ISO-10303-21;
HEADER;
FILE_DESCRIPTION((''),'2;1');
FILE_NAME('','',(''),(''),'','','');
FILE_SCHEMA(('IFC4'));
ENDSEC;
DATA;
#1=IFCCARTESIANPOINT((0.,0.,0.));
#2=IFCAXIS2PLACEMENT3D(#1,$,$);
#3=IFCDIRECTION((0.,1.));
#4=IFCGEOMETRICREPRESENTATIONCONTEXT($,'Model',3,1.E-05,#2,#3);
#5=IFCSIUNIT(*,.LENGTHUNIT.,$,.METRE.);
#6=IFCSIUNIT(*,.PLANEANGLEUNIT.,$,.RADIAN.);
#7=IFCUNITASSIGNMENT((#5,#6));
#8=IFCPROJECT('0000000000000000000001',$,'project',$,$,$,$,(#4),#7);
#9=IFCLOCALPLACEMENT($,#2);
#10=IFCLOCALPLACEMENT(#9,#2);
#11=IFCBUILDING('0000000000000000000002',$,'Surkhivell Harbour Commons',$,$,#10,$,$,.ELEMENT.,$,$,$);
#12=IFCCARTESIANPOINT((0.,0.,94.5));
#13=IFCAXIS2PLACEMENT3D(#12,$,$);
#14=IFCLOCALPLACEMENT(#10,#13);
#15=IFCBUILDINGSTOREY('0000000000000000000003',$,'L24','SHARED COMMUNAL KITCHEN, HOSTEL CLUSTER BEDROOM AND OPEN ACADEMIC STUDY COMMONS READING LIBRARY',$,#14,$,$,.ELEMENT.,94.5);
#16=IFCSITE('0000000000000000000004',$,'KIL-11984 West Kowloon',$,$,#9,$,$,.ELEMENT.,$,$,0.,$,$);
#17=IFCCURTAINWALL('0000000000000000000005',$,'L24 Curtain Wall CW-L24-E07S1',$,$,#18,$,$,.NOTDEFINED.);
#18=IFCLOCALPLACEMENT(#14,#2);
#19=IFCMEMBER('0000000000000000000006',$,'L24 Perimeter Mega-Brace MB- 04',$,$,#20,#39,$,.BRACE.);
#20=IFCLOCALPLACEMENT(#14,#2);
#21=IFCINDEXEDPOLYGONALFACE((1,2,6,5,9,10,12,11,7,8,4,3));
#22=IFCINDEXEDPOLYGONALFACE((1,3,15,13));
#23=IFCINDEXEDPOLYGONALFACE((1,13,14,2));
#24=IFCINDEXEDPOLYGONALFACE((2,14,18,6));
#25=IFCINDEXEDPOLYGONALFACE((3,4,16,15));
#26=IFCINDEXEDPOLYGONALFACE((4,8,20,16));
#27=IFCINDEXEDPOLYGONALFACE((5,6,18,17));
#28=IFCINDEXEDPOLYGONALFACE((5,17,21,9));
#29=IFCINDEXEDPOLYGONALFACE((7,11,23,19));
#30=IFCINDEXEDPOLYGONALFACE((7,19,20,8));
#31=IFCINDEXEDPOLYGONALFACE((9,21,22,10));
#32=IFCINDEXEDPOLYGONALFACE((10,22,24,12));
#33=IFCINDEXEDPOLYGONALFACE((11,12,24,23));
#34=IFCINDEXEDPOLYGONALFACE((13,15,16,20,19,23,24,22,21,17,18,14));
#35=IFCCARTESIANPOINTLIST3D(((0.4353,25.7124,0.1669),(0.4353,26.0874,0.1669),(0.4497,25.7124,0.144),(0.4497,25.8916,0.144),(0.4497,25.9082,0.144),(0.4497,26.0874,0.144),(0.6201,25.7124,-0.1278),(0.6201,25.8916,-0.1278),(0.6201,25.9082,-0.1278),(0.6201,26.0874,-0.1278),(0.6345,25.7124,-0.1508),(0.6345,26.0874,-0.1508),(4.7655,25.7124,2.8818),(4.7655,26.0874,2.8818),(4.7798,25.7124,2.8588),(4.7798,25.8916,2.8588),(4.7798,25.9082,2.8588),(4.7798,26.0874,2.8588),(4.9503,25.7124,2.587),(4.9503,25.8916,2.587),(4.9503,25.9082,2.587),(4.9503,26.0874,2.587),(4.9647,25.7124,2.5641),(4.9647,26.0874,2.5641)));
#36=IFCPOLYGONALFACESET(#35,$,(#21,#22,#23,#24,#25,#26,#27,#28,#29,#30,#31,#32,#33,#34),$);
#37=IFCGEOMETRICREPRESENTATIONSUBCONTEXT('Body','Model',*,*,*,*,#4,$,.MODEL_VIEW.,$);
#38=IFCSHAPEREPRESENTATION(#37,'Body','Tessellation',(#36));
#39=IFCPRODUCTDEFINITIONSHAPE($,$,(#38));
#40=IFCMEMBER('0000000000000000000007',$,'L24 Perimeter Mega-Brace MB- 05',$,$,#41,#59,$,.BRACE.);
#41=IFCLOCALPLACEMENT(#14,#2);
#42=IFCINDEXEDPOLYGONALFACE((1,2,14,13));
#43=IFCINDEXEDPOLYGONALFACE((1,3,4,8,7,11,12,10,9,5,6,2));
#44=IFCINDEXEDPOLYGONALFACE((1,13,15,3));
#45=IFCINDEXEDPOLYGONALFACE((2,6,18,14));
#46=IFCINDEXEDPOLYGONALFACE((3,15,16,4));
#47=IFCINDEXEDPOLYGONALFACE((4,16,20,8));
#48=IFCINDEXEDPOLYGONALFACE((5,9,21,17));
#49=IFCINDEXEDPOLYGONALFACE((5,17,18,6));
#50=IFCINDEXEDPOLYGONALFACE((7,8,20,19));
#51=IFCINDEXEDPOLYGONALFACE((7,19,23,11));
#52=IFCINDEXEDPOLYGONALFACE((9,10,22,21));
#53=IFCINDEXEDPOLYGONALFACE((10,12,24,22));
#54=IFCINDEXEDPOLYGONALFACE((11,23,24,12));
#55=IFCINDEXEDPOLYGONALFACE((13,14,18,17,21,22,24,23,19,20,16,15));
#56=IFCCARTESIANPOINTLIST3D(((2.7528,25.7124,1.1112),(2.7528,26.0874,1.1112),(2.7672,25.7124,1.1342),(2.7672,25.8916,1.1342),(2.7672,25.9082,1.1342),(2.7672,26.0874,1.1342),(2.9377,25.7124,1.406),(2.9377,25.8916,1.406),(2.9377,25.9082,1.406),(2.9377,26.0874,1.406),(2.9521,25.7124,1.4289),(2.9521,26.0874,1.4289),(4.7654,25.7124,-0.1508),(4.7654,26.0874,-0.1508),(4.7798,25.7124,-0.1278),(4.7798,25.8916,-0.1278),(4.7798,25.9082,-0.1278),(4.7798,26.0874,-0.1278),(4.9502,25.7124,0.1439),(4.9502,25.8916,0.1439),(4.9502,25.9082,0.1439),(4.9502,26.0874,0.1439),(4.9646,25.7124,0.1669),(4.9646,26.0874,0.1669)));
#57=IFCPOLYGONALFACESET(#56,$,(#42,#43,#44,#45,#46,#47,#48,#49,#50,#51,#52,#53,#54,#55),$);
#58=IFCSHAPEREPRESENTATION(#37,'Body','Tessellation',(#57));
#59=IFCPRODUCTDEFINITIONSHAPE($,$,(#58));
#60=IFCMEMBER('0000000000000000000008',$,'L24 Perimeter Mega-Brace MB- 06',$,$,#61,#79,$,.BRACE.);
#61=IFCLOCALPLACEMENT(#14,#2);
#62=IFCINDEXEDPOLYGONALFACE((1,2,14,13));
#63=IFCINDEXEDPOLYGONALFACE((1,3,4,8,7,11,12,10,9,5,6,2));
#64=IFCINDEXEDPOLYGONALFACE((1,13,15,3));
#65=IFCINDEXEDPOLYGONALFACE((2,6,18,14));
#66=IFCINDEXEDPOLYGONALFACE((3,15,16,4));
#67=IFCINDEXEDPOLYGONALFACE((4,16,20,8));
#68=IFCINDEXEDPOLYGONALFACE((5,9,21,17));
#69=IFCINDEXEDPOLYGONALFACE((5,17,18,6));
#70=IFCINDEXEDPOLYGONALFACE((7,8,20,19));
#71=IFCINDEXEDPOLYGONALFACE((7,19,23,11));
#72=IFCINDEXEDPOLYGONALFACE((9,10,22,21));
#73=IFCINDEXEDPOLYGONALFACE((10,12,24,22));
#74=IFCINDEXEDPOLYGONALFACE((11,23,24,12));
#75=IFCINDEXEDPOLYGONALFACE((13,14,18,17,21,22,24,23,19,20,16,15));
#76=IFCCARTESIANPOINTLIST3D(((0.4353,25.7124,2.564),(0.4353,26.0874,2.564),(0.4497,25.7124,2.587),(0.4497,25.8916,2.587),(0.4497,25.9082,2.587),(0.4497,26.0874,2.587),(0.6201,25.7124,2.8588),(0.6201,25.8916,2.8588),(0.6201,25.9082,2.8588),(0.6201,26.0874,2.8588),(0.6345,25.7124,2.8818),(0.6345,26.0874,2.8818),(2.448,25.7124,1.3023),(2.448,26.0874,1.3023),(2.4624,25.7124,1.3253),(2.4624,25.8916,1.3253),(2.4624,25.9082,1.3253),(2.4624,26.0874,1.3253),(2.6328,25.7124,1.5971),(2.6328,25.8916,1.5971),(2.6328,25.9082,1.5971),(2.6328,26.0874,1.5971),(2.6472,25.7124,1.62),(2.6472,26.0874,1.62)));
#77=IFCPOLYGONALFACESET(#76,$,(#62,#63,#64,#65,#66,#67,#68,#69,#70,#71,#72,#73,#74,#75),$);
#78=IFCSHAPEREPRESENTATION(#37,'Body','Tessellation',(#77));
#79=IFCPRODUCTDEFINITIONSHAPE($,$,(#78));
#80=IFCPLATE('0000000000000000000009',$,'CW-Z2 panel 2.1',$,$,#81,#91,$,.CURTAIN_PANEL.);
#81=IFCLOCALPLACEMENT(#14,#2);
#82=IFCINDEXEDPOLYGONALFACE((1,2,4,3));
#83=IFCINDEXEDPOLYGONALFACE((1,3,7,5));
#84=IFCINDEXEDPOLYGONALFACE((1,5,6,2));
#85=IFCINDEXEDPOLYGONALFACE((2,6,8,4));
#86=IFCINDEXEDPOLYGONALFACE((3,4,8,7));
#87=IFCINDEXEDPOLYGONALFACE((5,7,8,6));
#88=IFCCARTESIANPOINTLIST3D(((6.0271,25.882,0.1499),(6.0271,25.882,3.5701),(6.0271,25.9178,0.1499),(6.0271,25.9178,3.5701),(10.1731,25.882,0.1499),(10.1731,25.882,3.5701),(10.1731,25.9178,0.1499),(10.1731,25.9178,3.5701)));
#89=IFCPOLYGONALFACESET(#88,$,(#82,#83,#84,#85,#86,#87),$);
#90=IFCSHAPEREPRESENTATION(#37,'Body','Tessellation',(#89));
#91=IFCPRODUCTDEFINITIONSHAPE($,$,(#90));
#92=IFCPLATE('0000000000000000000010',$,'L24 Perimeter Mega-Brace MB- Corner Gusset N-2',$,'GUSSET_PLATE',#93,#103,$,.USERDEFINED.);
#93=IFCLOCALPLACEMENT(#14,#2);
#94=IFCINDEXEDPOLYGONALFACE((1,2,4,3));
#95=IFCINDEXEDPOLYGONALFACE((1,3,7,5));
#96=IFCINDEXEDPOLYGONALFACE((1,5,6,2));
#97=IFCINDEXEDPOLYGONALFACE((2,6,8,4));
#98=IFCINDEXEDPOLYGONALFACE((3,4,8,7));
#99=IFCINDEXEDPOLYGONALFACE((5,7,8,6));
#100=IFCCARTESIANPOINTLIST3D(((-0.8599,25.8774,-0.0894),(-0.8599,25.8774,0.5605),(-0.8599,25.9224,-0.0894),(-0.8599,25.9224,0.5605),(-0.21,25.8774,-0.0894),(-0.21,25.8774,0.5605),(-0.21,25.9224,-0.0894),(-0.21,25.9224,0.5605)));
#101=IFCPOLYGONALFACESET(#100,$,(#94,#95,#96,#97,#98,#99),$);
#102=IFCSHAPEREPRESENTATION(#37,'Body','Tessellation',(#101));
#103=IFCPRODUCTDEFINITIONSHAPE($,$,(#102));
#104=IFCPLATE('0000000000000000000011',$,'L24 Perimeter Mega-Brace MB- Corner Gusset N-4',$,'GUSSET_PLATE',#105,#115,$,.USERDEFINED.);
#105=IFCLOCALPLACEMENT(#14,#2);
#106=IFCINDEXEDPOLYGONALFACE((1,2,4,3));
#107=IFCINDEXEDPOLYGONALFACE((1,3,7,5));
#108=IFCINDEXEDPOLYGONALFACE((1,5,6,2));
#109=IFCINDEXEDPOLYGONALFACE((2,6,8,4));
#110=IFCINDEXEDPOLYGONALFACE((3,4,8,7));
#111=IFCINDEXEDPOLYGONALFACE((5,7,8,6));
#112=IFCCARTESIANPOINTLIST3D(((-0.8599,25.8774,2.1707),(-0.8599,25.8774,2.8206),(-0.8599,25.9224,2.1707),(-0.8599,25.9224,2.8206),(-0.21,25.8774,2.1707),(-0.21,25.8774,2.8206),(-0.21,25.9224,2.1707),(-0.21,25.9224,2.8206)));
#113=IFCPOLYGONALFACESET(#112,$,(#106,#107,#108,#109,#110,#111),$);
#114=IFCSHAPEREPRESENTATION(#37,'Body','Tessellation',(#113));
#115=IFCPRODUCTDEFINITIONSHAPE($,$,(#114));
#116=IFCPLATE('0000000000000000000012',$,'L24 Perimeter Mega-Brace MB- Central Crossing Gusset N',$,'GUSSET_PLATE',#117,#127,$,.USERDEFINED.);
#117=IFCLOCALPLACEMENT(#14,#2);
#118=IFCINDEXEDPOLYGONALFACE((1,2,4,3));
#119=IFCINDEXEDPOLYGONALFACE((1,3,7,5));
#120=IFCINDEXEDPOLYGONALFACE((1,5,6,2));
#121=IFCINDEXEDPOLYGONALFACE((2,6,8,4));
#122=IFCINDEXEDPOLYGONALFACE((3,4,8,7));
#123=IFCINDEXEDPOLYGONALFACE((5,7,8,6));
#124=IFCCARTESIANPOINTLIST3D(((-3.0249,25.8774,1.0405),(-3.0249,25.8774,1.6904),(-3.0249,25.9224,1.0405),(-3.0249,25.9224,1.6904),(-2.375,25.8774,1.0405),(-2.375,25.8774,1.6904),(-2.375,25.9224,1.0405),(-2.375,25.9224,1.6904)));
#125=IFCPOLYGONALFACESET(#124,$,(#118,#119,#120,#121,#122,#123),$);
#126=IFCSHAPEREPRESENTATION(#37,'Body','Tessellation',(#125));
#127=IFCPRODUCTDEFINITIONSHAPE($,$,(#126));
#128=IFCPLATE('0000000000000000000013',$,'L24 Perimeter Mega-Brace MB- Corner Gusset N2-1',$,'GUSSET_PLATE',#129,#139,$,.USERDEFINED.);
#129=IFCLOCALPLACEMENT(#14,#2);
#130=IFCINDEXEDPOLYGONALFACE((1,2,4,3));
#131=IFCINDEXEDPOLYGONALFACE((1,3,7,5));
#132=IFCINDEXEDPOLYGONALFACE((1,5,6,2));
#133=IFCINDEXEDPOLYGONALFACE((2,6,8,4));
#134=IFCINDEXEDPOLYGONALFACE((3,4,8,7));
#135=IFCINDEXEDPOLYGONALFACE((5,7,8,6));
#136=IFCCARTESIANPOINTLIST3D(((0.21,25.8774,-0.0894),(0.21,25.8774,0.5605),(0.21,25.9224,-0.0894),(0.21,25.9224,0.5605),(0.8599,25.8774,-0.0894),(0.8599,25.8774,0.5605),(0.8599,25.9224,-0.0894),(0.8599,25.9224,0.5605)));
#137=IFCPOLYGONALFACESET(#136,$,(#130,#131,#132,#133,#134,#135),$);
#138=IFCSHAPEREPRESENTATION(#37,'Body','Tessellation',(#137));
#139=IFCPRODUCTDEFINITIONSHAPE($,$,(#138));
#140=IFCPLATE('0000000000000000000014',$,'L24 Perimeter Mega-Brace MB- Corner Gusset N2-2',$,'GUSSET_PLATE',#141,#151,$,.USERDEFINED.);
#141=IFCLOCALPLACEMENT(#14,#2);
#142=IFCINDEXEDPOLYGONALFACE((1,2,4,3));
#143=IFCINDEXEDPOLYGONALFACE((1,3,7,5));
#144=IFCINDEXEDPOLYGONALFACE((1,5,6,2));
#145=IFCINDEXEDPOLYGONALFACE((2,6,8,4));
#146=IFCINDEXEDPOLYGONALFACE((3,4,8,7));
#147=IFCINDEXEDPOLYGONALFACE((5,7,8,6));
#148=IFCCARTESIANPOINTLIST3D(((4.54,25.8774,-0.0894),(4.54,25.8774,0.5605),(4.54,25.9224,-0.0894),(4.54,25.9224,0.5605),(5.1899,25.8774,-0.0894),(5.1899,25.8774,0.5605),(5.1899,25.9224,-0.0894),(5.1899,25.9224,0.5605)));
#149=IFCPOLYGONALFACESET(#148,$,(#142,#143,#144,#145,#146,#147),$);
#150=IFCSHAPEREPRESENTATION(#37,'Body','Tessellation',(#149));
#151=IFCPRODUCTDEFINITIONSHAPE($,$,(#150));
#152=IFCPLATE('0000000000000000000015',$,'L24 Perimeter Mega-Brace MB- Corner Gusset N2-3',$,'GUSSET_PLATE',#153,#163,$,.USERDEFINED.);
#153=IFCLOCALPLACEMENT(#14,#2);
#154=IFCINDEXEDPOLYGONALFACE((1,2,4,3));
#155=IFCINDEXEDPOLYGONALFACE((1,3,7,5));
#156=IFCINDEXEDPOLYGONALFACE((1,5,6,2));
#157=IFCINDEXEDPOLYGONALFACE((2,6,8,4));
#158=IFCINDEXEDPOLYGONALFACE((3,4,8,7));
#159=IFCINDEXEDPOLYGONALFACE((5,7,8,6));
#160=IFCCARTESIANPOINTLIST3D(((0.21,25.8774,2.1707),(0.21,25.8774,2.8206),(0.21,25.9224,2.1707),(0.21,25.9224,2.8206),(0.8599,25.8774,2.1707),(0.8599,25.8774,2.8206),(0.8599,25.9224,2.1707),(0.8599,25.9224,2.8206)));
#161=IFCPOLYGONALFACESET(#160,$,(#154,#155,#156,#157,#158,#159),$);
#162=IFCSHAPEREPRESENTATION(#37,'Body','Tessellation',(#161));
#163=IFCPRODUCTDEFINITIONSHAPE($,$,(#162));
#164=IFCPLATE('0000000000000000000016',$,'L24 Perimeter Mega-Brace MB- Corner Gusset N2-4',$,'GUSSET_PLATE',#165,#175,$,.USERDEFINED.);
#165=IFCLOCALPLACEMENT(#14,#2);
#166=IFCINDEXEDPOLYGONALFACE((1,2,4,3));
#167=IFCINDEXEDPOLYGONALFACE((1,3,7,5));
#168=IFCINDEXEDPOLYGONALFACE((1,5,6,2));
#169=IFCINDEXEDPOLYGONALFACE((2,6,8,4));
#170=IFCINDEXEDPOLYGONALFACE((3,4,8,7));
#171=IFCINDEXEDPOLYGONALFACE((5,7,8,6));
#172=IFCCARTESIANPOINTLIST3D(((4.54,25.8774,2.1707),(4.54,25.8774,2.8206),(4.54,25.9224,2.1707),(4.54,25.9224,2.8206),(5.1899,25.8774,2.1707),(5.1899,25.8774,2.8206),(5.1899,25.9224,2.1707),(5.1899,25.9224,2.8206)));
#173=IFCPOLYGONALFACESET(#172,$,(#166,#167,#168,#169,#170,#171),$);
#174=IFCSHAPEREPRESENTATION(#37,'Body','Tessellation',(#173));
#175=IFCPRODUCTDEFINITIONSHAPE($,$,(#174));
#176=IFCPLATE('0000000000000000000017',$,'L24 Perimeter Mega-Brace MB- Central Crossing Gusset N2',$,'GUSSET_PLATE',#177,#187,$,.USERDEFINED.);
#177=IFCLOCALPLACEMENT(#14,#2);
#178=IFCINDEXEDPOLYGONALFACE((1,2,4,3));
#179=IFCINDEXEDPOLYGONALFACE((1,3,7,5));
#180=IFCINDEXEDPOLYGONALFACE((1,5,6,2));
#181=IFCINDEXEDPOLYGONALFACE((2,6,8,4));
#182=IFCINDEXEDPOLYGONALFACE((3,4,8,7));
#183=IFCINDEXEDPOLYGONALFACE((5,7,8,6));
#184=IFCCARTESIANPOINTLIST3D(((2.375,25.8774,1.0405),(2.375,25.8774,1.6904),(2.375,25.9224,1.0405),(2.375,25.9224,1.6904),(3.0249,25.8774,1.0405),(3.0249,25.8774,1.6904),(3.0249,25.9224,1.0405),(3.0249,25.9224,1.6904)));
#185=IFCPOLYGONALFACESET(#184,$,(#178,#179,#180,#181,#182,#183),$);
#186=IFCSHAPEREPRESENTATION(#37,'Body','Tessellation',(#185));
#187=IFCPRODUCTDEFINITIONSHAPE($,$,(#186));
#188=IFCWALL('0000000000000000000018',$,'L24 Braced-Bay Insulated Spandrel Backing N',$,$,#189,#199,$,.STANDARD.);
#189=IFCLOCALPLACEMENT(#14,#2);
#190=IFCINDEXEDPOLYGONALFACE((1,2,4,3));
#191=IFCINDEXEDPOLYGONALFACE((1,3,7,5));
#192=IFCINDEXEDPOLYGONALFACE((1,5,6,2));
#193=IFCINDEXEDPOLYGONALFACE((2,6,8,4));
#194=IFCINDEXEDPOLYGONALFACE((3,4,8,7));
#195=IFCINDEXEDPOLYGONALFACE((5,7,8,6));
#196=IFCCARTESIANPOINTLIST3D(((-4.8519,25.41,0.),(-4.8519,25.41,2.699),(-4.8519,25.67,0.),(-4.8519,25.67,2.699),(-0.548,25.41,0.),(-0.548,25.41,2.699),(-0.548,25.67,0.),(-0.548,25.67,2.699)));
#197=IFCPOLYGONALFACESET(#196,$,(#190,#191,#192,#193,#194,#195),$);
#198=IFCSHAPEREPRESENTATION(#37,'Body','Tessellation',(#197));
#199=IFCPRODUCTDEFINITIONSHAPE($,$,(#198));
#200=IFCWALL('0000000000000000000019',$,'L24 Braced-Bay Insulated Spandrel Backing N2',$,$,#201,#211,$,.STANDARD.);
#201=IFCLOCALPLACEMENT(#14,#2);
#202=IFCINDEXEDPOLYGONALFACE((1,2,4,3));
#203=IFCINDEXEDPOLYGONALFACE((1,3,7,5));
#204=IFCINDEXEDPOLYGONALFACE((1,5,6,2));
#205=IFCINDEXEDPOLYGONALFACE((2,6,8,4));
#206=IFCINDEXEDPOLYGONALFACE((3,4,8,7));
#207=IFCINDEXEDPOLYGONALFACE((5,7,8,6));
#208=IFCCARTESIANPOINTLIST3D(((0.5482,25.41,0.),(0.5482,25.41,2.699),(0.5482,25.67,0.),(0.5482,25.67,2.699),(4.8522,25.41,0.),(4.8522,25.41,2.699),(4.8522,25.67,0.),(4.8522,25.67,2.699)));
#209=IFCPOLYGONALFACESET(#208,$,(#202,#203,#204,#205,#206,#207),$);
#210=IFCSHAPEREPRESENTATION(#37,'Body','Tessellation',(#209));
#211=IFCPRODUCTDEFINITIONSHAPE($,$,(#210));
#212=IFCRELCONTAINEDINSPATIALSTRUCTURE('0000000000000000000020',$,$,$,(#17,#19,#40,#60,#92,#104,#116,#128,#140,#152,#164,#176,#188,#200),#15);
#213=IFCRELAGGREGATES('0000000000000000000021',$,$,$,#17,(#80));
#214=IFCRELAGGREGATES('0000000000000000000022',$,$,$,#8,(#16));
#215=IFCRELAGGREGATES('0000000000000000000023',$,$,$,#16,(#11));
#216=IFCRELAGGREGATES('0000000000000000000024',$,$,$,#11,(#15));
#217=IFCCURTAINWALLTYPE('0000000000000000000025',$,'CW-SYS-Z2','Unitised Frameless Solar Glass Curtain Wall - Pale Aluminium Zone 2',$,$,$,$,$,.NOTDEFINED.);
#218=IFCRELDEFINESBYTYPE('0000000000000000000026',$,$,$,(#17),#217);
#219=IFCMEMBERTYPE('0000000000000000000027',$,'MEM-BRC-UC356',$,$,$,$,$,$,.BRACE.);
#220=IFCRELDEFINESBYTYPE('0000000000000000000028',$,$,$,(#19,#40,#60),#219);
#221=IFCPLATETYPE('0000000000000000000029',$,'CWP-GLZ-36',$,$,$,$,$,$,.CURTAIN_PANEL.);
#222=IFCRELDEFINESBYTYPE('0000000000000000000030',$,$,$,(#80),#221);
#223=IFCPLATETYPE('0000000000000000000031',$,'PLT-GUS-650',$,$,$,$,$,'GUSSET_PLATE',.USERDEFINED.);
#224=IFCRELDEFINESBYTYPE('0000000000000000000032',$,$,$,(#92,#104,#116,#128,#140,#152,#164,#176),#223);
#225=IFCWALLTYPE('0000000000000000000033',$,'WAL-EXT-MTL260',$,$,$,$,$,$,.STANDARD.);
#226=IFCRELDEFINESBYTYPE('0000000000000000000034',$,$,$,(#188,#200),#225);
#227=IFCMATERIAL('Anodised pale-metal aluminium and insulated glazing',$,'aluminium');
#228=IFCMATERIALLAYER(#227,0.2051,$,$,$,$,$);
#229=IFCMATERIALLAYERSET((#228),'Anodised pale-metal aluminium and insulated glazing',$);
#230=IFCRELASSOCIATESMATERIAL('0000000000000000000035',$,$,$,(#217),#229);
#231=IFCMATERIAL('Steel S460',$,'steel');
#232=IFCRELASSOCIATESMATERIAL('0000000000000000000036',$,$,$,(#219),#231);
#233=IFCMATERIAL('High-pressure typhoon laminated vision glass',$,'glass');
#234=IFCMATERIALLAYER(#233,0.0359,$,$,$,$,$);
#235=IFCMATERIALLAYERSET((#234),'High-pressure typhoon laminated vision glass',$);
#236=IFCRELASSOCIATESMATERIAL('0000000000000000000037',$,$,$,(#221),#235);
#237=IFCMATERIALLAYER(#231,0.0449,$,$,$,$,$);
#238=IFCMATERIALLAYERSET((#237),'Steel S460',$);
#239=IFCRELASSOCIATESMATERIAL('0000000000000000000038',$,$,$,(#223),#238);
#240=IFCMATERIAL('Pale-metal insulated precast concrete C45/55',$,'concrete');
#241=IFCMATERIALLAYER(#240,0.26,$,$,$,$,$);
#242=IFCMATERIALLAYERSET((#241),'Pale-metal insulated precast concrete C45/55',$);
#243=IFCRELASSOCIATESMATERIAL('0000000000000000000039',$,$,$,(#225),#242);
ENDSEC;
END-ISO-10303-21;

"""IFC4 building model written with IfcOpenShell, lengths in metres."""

from ifc_helpers import new_model, si_unit, direction, frame, frame_2d, origin, origin_2d, place, context, subcontext, project, spatial, rectangle, i_section, extrude, material, layer, layer_set, material_profile, profile_set, type_object, element, aggregate, save


model = new_model("IFC4")

# Units and contexts
model_context = context("Model", 3, precision=1e-05, world=origin(), true_north=direction((0.0, 1.0)))
body_context = subcontext(model_context, "Body", "Model", "MODEL_VIEW")
ifc_project = project(units=[si_unit("LENGTHUNIT", "METRE"), si_unit("PLANEANGLEUNIT", "RADIAN")], contexts=[model_context])

# Site, building, storey
site_placement = place(None, origin())
site = spatial("IfcSite", under=ifc_project, at=site_placement, Name="KIL-11984 West Kowloon", CompositionType="ELEMENT", RefElevation=0.0)
building_placement = place(site_placement, origin())
building = spatial("IfcBuilding", under=site, at=building_placement, Name="Surkhivell Harbour Commons", CompositionType="ELEMENT")
storey_placement = place(building_placement, frame((0.0, 0.0, 94.5)))
storey = spatial("IfcBuildingStorey", under=building, at=storey_placement, Name="L24", Description="SHARED COMMUNAL KITCHEN, HOSTEL CLUSTER BEDROOM AND OPEN ACADEMIC STUDY COMMONS READING LIBRARY", CompositionType="ELEMENT", Elevation=94.5)

# Shared definitions
ifc_material_1 = material(Name="Steel S460", Category="steel")

# Curtain wall
ifc_material_2 = material(Name="Anodised pale-metal aluminium and insulated glazing", Category="aluminium")
ifc_layer_1 = layer(ifc_material_2, 0.2051)
ifc_layer_set_1 = layer_set([ifc_layer_1], Name="Anodised pale-metal aluminium and insulated glazing")
curtain_wall_type = type_object("IfcCurtainWallType", Name="CW-SYS-Z2", Description="Unitised Frameless Solar Glass Curtain Wall - Pale Aluminium Zone 2", PredefinedType="NOTDEFINED", material=ifc_layer_set_1)
curtain_wall_placement = place(storey_placement, origin())
curtain_wall = element("IfcCurtainWall", 1, at=curtain_wall_placement, inside=storey, type_object=curtain_wall_type, Name="L24 Curtain Wall CW-L24-E07S1", PredefinedType="NOTDEFINED")

# Members
ifc_material_profile_1 = material_profile(ifc_material_1, i_section(OverallWidth=0.375, OverallDepth=0.375, WebThickness=0.0166, FlangeThickness=0.0271, at=origin_2d()), Name="UC356x368x202")
ifc_profile_set_1 = profile_set([ifc_material_profile_1], Name="Steel S460")
member_type_1 = type_object("IfcMemberType", Name="MEM-BRC-UC356", PredefinedType="BRACE", material=ifc_profile_set_1)
member_1_placement = place(storey_placement, frame((0.5349, 25.8999, 0.0081), z_axis=(0.847246, 0.0, 0.531201), x_axis=(0.0, 1.0, 0.0)))
element("IfcMember", 2, at=member_1_placement, inside=storey, type_object=member_type_1, Name="L24 Perimeter Mega-Brace MB- 04", PredefinedType="BRACE", context=body_context, shape_type="SweptSolid", body=[
    extrude(i_section(OverallWidth=0.375, OverallDepth=0.375, WebThickness=0.0166, FlangeThickness=0.0271, at=origin_2d()), origin(), (0.0, 0.0, 1.0), 5.1108),
])
for number, where, z_axis, x_axis, name in (
    (3, (4.865, 25.8999, 0.0081), (-0.847206, 0.0, 0.531264), (0.0, -1.0, 0.0), "L24 Perimeter Mega-Brace MB- 05"),
    (4, (2.5476, 25.8999, 1.4612), (-0.847282, 0.0, 0.531144), (0.0, -1.0, 0.0), "L24 Perimeter Mega-Brace MB- 06"),
):
    element("IfcMember", number, at=place(storey_placement, frame(where, z_axis=z_axis, x_axis=x_axis)), inside=storey, type_object=member_type_1, Name=name, PredefinedType="BRACE", context=body_context, shape_type="SweptSolid", body=[
        extrude(i_section(OverallWidth=0.375, OverallDepth=0.375, WebThickness=0.0166, FlangeThickness=0.0271, at=origin_2d()), origin(), (0.0, 0.0, 1.0), 2.3755),
    ])

# Plate
ifc_material_3 = material(Name="High-pressure typhoon laminated vision glass", Category="glass")
ifc_layer_2 = layer(ifc_material_3, 0.0359)
ifc_layer_set_2 = layer_set([ifc_layer_2], Name="High-pressure typhoon laminated vision glass")
plate_type_1 = type_object("IfcPlateType", Name="CWP-GLZ-36", PredefinedType="CURTAIN_PANEL", material=ifc_layer_set_2)
plate_placement = place(storey_placement, frame((10.1731, 25.8999, 0.1499), z_axis=(0.0, 0.0, 1.0), x_axis=(-1.0, 0.0, 0.0)))
plate = element("IfcPlate", 5, at=plate_placement, type_object=plate_type_1, Name="CW-Z2 panel 2.1", PredefinedType="CURTAIN_PANEL", context=body_context, shape_type="SweptSolid", body=[
    extrude(rectangle(XDim=4.146, YDim=0.0359, at=frame_2d((2.073, 0.0))), origin(), (0.0, 0.0, 1.0), 3.4202),
])
aggregate(curtain_wall, [plate])

# Plates
ifc_layer_3 = layer(ifc_material_1, 0.0449)
ifc_layer_set_3 = layer_set([ifc_layer_3], Name="Steel S460")
plate_type_2 = type_object("IfcPlateType", Name="PLT-GUS-650", ElementType="GUSSET_PLATE", PredefinedType="USERDEFINED", material=ifc_layer_set_3)
for number, where, z_axis, x_axis, name in (
    (6, (-0.5349, 25.8999, -0.0894), (0.0, 0.0, 1.0), (1.0, 0.0, 0.0), "L24 Perimeter Mega-Brace MB- Corner Gusset N-2"),
    (7, (-0.5349, 25.8999, 2.1707), (0.0, 0.0, 1.0), (1.0, 0.0, 0.0), "L24 Perimeter Mega-Brace MB- Corner Gusset N-4"),
    (8, (-2.7, 25.8999, 1.0405), (0.0, 0.0, 1.0), (1.0, 0.0, 0.0), "L24 Perimeter Mega-Brace MB- Central Crossing Gusset N"),
    (9, (0.5349, 25.8999, -0.0894), (0.0, 0.0, 1.0), (1.0, 0.0, 0.0), "L24 Perimeter Mega-Brace MB- Corner Gusset N2-1"),
    (10, (4.865, 25.8999, -0.0894), (0.0, 0.0, 1.0), (1.0, 0.0, 0.0), "L24 Perimeter Mega-Brace MB- Corner Gusset N2-2"),
    (11, (0.5349, 25.8999, 2.1707), (0.0, 0.0, 1.0), (1.0, 0.0, 0.0), "L24 Perimeter Mega-Brace MB- Corner Gusset N2-3"),
    (12, (4.865, 25.8999, 2.1707), (0.0, 0.0, 1.0), (1.0, 0.0, 0.0), "L24 Perimeter Mega-Brace MB- Corner Gusset N2-4"),
    (13, (2.7, 25.8999, 1.0405), (0.0, 0.0, 1.0), (1.0, 0.0, 0.0), "L24 Perimeter Mega-Brace MB- Central Crossing Gusset N2"),
):
    element("IfcPlate", number, at=place(storey_placement, frame(where, z_axis=z_axis, x_axis=x_axis)), inside=storey, type_object=plate_type_2, Name=name, ObjectType="GUSSET_PLATE", PredefinedType="USERDEFINED", context=body_context, shape_type="SweptSolid", body=[
        extrude(rectangle(XDim=0.6499, YDim=0.0449, at=origin_2d()), origin(), (0.0, 0.0, 1.0), 0.6499),
    ])

# Walls
ifc_material_4 = material(Name="Pale-metal insulated precast concrete C45/55", Category="concrete")
ifc_layer_4 = layer(ifc_material_4, 0.26)
ifc_layer_set_4 = layer_set([ifc_layer_4], Name="Pale-metal insulated precast concrete C45/55")
wall_type_1 = type_object("IfcWallType", Name="WAL-EXT-MTL260", PredefinedType="STANDARD", material=ifc_layer_set_4)
for number, where, z_axis, x_axis, name in (
    (14, (-0.5481, 25.54, 0.0), (0.0, 0.0, 1.0), (-1.0, 0.0, 0.0), "L24 Braced-Bay Insulated Spandrel Backing N"),
    (15, (4.8521, 25.54, 0.0), (0.0, 0.0, 1.0), (-1.0, 0.0, 0.0), "L24 Braced-Bay Insulated Spandrel Backing N2"),
):
    element("IfcWall", number, at=place(storey_placement, frame(where, z_axis=z_axis, x_axis=x_axis)), inside=storey, type_object=wall_type_1, Name=name, PredefinedType="STANDARD", context=body_context, shape_type="SweptSolid", body=[
        extrude(rectangle(XDim=4.304, YDim=0.26, at=frame_2d((2.1519, 0.0))), origin(), (0.0, 0.0, 1.0), 2.699),
    ])

save(model, "model.ifc")
